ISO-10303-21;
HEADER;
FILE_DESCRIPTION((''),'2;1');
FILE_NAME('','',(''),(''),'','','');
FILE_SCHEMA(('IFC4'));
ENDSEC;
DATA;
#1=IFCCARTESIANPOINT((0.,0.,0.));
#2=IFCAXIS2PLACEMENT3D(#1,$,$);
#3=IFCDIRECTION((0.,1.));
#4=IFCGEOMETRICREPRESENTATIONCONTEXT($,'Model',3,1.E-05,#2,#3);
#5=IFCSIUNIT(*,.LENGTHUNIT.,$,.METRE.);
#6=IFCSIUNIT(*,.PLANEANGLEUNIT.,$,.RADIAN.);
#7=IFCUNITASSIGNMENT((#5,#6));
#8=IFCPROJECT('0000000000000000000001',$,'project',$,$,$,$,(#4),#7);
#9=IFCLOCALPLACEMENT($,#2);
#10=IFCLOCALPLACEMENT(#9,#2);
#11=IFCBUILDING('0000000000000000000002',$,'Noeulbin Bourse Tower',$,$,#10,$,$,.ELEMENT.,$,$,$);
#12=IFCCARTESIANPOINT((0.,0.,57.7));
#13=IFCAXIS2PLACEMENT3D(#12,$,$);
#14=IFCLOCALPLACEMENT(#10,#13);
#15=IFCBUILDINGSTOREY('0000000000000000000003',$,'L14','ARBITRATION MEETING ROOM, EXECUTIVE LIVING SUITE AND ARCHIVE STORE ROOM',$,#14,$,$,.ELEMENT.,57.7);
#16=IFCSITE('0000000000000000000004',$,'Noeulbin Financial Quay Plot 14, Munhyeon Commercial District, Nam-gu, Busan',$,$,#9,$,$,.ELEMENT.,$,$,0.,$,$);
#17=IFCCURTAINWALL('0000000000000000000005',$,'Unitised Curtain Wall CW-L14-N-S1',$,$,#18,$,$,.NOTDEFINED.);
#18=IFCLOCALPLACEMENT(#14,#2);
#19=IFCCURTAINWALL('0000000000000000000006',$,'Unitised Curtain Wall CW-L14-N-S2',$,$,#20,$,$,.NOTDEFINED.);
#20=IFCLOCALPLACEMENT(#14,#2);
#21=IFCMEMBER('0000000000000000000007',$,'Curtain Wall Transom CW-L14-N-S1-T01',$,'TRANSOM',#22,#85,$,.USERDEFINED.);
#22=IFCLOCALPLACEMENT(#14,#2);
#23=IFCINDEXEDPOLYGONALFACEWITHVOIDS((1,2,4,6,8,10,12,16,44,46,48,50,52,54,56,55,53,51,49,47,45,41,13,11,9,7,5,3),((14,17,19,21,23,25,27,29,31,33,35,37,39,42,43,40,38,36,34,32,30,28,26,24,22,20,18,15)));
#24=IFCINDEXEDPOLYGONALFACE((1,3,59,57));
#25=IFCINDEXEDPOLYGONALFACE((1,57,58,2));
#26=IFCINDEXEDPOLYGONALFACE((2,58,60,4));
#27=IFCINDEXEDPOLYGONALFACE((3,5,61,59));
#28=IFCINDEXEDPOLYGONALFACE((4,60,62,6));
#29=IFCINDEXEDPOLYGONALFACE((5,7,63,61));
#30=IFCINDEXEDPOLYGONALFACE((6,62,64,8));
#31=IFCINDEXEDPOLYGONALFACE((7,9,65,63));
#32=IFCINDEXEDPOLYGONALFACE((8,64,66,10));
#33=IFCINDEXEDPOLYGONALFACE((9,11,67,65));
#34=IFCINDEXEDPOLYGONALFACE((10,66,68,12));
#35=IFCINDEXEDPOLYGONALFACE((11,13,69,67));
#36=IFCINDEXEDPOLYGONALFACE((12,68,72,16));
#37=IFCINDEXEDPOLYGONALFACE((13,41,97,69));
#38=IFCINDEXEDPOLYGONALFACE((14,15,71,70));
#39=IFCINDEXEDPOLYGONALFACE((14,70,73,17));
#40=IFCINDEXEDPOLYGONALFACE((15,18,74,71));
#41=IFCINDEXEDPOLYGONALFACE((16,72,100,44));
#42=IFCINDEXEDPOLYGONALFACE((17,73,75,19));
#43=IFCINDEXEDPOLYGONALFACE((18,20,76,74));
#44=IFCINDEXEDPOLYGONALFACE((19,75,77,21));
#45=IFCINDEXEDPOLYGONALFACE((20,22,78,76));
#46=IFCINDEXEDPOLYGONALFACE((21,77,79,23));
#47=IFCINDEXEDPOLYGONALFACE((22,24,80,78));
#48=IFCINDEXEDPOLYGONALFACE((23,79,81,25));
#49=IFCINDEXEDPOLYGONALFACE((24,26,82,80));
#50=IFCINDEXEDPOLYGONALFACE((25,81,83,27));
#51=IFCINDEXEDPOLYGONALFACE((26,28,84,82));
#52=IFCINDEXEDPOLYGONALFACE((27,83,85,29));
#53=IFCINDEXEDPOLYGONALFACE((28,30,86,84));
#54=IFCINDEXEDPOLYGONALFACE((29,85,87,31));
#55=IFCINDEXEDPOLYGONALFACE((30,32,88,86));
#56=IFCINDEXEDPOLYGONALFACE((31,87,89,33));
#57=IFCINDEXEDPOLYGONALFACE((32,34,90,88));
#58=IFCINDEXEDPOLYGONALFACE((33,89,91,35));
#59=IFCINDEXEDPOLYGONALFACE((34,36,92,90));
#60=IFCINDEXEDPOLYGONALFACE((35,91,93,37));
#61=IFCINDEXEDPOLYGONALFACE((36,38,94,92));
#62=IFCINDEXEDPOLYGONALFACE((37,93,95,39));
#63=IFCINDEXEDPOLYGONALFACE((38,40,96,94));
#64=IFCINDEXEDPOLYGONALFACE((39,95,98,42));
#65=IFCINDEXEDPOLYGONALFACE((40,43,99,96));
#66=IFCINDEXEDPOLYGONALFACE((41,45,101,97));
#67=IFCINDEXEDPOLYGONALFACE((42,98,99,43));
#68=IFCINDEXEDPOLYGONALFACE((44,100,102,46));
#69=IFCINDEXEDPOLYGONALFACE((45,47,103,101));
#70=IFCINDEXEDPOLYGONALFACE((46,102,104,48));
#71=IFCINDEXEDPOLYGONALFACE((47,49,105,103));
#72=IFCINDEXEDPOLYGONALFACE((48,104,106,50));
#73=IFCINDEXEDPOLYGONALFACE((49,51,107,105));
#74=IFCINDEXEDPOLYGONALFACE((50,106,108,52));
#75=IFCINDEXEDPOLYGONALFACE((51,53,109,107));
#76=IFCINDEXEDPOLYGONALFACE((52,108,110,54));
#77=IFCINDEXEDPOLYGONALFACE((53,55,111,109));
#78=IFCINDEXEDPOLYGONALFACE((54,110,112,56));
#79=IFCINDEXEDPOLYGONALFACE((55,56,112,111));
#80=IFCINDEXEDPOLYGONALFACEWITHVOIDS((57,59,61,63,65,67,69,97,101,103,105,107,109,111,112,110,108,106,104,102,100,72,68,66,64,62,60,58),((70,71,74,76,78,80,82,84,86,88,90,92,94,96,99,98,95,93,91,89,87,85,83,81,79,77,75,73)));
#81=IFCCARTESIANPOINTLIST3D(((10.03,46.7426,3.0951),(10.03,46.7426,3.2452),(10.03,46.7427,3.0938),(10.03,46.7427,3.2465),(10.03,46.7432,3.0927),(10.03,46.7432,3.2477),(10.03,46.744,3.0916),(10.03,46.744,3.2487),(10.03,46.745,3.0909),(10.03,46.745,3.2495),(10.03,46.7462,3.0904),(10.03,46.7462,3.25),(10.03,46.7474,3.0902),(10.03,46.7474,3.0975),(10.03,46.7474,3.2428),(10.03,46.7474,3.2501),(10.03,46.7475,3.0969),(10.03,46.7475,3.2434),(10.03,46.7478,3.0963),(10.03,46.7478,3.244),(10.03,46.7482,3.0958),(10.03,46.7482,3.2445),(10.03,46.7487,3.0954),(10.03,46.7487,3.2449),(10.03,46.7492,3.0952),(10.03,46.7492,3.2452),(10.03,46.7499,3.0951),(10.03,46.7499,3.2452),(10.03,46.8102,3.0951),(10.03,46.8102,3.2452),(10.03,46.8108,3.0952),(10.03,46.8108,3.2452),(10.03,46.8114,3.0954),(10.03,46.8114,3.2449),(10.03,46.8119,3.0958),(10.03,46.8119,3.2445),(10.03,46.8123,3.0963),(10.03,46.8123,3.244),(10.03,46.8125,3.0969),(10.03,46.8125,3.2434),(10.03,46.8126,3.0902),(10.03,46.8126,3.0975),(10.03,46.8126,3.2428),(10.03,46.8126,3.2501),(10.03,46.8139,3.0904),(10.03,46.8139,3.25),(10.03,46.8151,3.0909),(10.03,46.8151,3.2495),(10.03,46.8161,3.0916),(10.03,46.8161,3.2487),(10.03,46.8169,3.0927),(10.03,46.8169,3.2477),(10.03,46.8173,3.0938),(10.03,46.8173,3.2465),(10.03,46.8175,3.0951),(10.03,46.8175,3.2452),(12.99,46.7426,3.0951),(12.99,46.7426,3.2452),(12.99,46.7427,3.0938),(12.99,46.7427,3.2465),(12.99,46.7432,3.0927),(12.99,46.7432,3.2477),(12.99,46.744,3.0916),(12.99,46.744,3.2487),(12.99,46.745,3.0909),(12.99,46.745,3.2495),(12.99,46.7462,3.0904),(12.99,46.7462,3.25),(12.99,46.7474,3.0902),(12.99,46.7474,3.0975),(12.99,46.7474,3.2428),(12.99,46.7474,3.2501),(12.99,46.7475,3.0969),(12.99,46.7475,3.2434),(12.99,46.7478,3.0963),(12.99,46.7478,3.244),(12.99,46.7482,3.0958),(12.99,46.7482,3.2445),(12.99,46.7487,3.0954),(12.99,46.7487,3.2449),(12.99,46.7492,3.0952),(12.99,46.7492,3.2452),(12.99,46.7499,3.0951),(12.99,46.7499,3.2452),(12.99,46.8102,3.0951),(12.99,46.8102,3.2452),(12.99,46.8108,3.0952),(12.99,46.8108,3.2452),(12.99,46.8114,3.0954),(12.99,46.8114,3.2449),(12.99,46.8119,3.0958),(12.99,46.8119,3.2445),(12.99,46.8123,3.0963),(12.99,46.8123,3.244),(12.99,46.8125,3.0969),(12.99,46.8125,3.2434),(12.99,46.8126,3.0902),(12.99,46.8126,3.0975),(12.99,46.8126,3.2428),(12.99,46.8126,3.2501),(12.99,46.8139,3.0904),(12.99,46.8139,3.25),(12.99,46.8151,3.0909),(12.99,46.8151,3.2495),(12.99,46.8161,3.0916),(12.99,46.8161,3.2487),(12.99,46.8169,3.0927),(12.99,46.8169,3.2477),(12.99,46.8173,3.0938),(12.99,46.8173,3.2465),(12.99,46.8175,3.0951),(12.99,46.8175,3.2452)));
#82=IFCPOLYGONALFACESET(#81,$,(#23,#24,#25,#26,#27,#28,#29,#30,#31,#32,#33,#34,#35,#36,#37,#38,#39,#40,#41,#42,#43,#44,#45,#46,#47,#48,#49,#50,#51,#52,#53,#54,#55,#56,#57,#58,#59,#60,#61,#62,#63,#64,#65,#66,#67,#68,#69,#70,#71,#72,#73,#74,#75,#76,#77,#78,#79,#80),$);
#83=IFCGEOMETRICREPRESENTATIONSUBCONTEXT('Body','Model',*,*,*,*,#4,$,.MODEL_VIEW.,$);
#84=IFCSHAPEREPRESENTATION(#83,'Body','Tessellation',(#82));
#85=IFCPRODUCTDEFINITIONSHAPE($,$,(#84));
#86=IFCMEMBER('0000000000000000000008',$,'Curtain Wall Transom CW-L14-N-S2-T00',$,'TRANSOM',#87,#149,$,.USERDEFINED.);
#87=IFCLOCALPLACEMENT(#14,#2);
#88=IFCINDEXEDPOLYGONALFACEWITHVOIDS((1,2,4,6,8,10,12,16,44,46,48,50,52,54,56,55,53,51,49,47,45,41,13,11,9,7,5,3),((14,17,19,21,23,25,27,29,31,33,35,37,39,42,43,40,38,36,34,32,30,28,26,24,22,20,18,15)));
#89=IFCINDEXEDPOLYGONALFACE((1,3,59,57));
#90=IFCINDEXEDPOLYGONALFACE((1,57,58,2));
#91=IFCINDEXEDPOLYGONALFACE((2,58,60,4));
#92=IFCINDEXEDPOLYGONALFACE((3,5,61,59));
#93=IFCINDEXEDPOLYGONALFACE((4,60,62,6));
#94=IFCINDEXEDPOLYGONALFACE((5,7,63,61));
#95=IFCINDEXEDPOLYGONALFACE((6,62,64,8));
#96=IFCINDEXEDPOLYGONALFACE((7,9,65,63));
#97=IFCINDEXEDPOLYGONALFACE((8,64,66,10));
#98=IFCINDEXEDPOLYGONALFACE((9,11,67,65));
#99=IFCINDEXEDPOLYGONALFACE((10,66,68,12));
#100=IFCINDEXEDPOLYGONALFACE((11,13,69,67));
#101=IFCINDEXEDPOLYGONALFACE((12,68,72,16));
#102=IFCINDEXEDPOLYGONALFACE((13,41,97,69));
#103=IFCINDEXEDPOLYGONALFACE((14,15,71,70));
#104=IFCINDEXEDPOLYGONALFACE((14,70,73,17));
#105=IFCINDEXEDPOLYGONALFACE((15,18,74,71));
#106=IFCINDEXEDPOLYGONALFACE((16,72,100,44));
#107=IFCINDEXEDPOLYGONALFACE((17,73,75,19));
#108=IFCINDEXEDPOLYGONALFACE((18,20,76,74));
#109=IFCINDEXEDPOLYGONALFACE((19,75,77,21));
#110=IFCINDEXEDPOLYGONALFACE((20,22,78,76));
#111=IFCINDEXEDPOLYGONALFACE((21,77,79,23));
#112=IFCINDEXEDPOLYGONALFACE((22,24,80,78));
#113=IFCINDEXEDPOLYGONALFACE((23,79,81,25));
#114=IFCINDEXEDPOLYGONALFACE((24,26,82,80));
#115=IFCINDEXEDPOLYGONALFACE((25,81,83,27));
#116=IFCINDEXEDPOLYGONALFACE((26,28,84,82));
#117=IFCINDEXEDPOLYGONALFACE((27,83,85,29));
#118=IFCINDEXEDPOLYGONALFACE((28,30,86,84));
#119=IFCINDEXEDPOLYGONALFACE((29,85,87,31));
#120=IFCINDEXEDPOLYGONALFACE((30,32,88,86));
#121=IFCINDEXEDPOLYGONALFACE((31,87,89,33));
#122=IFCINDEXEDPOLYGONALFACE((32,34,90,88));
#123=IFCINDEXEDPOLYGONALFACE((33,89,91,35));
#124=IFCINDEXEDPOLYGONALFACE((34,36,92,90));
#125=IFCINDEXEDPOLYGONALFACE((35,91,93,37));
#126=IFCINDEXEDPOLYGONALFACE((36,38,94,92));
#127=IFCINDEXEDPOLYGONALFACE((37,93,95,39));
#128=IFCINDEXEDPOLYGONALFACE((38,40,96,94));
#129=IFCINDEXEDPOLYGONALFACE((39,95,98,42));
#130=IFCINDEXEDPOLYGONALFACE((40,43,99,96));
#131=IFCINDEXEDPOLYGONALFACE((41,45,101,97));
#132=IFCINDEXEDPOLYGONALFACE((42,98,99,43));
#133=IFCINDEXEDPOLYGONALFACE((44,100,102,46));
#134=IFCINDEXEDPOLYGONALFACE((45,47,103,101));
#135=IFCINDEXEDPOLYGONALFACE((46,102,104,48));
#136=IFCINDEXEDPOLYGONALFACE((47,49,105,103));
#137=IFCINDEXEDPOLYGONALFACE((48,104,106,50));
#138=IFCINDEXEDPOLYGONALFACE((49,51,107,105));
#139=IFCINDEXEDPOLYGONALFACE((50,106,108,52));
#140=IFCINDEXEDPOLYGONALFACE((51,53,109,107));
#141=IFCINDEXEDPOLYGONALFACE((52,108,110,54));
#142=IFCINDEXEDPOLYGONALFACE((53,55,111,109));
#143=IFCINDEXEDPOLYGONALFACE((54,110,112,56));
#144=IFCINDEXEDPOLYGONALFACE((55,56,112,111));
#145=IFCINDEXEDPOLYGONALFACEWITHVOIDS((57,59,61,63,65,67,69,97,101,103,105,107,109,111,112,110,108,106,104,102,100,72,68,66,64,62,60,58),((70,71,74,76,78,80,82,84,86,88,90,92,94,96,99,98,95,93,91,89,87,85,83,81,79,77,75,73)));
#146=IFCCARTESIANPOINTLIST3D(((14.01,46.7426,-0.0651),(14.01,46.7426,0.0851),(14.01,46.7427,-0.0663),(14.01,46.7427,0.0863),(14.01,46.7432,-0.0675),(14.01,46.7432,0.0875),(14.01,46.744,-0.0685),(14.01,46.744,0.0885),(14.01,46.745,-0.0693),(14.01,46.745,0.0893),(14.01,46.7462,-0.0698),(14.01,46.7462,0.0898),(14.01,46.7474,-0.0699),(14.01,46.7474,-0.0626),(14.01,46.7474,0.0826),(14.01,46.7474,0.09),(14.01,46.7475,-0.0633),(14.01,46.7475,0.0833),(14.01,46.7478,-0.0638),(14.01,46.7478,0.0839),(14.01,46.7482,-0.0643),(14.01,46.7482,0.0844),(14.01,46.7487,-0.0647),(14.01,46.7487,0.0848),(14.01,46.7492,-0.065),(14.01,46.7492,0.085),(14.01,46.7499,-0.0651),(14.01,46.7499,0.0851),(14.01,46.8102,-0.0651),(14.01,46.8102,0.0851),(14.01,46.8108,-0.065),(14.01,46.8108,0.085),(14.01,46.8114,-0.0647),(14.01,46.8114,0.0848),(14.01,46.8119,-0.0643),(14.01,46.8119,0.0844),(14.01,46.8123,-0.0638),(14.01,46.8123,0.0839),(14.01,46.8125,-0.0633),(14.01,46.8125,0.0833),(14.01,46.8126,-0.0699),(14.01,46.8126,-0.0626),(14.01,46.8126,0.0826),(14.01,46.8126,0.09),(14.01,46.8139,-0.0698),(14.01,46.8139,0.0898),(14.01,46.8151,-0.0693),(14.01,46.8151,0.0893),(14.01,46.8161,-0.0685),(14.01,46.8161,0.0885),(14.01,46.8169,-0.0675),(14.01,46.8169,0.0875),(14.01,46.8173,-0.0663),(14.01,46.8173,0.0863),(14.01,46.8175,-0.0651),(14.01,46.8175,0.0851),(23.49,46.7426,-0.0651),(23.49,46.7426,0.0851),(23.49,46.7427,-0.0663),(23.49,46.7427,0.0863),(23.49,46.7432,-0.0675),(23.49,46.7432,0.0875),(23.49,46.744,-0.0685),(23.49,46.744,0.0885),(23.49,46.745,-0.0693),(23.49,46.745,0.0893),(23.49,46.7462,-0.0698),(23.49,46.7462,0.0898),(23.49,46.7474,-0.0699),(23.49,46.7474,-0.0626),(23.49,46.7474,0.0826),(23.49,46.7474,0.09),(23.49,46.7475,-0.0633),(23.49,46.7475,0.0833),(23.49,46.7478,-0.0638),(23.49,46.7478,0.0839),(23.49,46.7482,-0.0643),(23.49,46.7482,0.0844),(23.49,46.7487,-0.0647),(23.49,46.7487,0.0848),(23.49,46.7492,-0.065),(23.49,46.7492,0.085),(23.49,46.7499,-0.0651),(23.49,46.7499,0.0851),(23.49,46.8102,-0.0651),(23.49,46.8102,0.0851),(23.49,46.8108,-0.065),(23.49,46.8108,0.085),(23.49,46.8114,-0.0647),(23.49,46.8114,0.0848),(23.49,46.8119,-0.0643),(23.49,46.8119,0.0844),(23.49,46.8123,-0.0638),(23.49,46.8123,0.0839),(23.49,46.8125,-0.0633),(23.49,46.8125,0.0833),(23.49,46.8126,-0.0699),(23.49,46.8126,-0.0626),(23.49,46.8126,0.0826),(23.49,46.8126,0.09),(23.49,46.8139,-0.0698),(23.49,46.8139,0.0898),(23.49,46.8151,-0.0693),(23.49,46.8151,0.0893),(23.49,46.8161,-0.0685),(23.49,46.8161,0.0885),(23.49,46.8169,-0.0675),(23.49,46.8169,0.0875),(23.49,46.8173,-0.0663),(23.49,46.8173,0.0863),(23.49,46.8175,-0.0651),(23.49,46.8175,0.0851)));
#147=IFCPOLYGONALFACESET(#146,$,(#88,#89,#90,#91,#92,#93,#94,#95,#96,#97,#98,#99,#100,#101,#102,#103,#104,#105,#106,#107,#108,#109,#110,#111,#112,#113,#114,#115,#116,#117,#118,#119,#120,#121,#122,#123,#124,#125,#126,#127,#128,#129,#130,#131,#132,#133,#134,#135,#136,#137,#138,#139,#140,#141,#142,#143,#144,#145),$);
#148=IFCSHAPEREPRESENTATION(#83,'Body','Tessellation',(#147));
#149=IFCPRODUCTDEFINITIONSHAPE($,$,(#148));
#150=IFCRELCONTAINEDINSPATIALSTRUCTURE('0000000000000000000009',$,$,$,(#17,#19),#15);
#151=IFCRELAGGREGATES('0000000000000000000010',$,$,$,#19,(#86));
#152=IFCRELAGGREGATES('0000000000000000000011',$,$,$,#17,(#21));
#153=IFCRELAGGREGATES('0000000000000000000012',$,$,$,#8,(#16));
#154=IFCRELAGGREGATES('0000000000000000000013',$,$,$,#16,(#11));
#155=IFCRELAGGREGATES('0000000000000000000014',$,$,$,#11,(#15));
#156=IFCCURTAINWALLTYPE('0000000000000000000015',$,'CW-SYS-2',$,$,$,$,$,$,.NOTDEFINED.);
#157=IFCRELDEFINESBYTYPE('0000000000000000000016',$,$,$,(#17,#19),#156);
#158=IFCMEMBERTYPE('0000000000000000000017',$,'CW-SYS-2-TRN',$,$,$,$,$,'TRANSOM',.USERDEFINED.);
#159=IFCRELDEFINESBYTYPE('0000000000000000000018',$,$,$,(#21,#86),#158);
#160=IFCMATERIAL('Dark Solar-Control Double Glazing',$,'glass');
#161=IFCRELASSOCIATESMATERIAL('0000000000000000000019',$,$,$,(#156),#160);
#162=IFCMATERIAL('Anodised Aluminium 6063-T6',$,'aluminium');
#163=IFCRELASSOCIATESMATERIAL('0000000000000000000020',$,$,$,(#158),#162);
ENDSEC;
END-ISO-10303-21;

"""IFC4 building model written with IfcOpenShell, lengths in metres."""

from ifc_helpers import new_model, si_unit, direction, frame, origin, origin_2d, place, context, subcontext, project, spatial, hollow_rectangle, extrude, material, material_profile, profile_set, type_object, element, aggregate, save


model = new_model("IFC4")

# Units and contexts
model_context = context("Model", 3, precision=1e-05, world=origin(), true_north=direction((0.0, 1.0)))
body_context = subcontext(model_context, "Body", "Model", "MODEL_VIEW")
ifc_project = project(units=[si_unit("LENGTHUNIT", "METRE"), si_unit("PLANEANGLEUNIT", "RADIAN")], contexts=[model_context])

# Site, building, storey
site_placement = place(None, origin())
site = spatial("IfcSite", under=ifc_project, at=site_placement, Name="Noeulbin Financial Quay Plot 14, Munhyeon Commercial District, Nam-gu, Busan", CompositionType="ELEMENT", RefElevation=0.0)
building_placement = place(site_placement, origin())
building = spatial("IfcBuilding", under=site, at=building_placement, Name="Noeulbin Bourse Tower", CompositionType="ELEMENT")
storey_placement = place(building_placement, frame((0.0, 0.0, 57.7)))
storey = spatial("IfcBuildingStorey", under=building, at=storey_placement, Name="L14", Description="ARBITRATION MEETING ROOM, EXECUTIVE LIVING SUITE AND ARCHIVE STORE ROOM", CompositionType="ELEMENT", Elevation=57.7)

# Curtain wall
ifc_material_1 = material(Name="Dark Solar-Control Double Glazing", Category="glass")
curtain_wall_type = type_object("IfcCurtainWallType", Name="CW-SYS-2", PredefinedType="NOTDEFINED", material=ifc_material_1)
curtain_wall_1_placement = place(storey_placement, origin())
curtain_wall_1 = element("IfcCurtainWall", 1, at=curtain_wall_1_placement, inside=storey, type_object=curtain_wall_type, Name="Unitised Curtain Wall CW-L14-N-S1", PredefinedType="NOTDEFINED")
ifc_material_2 = material(Name="Anodised Aluminium 6063-T6", Category="aluminium")

# Curtain wall
curtain_wall_2_placement = place(storey_placement, origin())
curtain_wall_2 = element("IfcCurtainWall", 2, at=curtain_wall_2_placement, inside=storey, type_object=curtain_wall_type, Name="Unitised Curtain Wall CW-L14-N-S2", PredefinedType="NOTDEFINED")

# Members
ifc_material_profile_1 = material_profile(ifc_material_2, hollow_rectangle(XDim=0.075, YDim=0.1599, WallThickness=0.0049, InnerFilletRadius=0.0024, OuterFilletRadius=0.0049, at=origin_2d()), Name="ALU-TRAN-75x160x5", Category="LoadBearing")
ifc_profile_set_1 = profile_set([ifc_material_profile_1], Name="Anodised Aluminium 6063-T6")
member_type_1 = type_object("IfcMemberType", Name="CW-SYS-2-TRN", ElementType="TRANSOM", PredefinedType="USERDEFINED", material=ifc_profile_set_1)
member_1_placement = place(storey_placement, frame((10.03, 46.78, 3.1702), z_axis=(1.0, 0.0, 0.0), x_axis=(0.0, 1.0, 0.0)))
member_1 = element("IfcMember", 3, at=member_1_placement, type_object=member_type_1, Name="Curtain Wall Transom CW-L14-N-S1-T01", ObjectType="TRANSOM", PredefinedType="USERDEFINED", context=body_context, shape_type="SweptSolid", body=[
    extrude(hollow_rectangle(XDim=0.075, YDim=0.1599, WallThickness=0.0049, InnerFilletRadius=0.0024, OuterFilletRadius=0.0049, at=origin_2d()), origin(), (0.0, 0.0, 1.0), 2.96),
])
member_2_placement = place(storey_placement, frame((14.01, 46.78, 0.01), z_axis=(1.0, 0.0, 0.0), x_axis=(0.0, 1.0, 0.0)))
member_2 = element("IfcMember", 4, at=member_2_placement, type_object=member_type_1, Name="Curtain Wall Transom CW-L14-N-S2-T00", ObjectType="TRANSOM", PredefinedType="USERDEFINED", context=body_context, shape_type="SweptSolid", body=[
    extrude(hollow_rectangle(XDim=0.075, YDim=0.1599, WallThickness=0.0049, InnerFilletRadius=0.0024, OuterFilletRadius=0.0049, at=origin_2d()), origin(), (0.0, 0.0, 1.0), 9.48),
])
aggregate(curtain_wall_2, [member_2])

aggregate(curtain_wall_1, [member_1])

save(model, "model.ifc")
